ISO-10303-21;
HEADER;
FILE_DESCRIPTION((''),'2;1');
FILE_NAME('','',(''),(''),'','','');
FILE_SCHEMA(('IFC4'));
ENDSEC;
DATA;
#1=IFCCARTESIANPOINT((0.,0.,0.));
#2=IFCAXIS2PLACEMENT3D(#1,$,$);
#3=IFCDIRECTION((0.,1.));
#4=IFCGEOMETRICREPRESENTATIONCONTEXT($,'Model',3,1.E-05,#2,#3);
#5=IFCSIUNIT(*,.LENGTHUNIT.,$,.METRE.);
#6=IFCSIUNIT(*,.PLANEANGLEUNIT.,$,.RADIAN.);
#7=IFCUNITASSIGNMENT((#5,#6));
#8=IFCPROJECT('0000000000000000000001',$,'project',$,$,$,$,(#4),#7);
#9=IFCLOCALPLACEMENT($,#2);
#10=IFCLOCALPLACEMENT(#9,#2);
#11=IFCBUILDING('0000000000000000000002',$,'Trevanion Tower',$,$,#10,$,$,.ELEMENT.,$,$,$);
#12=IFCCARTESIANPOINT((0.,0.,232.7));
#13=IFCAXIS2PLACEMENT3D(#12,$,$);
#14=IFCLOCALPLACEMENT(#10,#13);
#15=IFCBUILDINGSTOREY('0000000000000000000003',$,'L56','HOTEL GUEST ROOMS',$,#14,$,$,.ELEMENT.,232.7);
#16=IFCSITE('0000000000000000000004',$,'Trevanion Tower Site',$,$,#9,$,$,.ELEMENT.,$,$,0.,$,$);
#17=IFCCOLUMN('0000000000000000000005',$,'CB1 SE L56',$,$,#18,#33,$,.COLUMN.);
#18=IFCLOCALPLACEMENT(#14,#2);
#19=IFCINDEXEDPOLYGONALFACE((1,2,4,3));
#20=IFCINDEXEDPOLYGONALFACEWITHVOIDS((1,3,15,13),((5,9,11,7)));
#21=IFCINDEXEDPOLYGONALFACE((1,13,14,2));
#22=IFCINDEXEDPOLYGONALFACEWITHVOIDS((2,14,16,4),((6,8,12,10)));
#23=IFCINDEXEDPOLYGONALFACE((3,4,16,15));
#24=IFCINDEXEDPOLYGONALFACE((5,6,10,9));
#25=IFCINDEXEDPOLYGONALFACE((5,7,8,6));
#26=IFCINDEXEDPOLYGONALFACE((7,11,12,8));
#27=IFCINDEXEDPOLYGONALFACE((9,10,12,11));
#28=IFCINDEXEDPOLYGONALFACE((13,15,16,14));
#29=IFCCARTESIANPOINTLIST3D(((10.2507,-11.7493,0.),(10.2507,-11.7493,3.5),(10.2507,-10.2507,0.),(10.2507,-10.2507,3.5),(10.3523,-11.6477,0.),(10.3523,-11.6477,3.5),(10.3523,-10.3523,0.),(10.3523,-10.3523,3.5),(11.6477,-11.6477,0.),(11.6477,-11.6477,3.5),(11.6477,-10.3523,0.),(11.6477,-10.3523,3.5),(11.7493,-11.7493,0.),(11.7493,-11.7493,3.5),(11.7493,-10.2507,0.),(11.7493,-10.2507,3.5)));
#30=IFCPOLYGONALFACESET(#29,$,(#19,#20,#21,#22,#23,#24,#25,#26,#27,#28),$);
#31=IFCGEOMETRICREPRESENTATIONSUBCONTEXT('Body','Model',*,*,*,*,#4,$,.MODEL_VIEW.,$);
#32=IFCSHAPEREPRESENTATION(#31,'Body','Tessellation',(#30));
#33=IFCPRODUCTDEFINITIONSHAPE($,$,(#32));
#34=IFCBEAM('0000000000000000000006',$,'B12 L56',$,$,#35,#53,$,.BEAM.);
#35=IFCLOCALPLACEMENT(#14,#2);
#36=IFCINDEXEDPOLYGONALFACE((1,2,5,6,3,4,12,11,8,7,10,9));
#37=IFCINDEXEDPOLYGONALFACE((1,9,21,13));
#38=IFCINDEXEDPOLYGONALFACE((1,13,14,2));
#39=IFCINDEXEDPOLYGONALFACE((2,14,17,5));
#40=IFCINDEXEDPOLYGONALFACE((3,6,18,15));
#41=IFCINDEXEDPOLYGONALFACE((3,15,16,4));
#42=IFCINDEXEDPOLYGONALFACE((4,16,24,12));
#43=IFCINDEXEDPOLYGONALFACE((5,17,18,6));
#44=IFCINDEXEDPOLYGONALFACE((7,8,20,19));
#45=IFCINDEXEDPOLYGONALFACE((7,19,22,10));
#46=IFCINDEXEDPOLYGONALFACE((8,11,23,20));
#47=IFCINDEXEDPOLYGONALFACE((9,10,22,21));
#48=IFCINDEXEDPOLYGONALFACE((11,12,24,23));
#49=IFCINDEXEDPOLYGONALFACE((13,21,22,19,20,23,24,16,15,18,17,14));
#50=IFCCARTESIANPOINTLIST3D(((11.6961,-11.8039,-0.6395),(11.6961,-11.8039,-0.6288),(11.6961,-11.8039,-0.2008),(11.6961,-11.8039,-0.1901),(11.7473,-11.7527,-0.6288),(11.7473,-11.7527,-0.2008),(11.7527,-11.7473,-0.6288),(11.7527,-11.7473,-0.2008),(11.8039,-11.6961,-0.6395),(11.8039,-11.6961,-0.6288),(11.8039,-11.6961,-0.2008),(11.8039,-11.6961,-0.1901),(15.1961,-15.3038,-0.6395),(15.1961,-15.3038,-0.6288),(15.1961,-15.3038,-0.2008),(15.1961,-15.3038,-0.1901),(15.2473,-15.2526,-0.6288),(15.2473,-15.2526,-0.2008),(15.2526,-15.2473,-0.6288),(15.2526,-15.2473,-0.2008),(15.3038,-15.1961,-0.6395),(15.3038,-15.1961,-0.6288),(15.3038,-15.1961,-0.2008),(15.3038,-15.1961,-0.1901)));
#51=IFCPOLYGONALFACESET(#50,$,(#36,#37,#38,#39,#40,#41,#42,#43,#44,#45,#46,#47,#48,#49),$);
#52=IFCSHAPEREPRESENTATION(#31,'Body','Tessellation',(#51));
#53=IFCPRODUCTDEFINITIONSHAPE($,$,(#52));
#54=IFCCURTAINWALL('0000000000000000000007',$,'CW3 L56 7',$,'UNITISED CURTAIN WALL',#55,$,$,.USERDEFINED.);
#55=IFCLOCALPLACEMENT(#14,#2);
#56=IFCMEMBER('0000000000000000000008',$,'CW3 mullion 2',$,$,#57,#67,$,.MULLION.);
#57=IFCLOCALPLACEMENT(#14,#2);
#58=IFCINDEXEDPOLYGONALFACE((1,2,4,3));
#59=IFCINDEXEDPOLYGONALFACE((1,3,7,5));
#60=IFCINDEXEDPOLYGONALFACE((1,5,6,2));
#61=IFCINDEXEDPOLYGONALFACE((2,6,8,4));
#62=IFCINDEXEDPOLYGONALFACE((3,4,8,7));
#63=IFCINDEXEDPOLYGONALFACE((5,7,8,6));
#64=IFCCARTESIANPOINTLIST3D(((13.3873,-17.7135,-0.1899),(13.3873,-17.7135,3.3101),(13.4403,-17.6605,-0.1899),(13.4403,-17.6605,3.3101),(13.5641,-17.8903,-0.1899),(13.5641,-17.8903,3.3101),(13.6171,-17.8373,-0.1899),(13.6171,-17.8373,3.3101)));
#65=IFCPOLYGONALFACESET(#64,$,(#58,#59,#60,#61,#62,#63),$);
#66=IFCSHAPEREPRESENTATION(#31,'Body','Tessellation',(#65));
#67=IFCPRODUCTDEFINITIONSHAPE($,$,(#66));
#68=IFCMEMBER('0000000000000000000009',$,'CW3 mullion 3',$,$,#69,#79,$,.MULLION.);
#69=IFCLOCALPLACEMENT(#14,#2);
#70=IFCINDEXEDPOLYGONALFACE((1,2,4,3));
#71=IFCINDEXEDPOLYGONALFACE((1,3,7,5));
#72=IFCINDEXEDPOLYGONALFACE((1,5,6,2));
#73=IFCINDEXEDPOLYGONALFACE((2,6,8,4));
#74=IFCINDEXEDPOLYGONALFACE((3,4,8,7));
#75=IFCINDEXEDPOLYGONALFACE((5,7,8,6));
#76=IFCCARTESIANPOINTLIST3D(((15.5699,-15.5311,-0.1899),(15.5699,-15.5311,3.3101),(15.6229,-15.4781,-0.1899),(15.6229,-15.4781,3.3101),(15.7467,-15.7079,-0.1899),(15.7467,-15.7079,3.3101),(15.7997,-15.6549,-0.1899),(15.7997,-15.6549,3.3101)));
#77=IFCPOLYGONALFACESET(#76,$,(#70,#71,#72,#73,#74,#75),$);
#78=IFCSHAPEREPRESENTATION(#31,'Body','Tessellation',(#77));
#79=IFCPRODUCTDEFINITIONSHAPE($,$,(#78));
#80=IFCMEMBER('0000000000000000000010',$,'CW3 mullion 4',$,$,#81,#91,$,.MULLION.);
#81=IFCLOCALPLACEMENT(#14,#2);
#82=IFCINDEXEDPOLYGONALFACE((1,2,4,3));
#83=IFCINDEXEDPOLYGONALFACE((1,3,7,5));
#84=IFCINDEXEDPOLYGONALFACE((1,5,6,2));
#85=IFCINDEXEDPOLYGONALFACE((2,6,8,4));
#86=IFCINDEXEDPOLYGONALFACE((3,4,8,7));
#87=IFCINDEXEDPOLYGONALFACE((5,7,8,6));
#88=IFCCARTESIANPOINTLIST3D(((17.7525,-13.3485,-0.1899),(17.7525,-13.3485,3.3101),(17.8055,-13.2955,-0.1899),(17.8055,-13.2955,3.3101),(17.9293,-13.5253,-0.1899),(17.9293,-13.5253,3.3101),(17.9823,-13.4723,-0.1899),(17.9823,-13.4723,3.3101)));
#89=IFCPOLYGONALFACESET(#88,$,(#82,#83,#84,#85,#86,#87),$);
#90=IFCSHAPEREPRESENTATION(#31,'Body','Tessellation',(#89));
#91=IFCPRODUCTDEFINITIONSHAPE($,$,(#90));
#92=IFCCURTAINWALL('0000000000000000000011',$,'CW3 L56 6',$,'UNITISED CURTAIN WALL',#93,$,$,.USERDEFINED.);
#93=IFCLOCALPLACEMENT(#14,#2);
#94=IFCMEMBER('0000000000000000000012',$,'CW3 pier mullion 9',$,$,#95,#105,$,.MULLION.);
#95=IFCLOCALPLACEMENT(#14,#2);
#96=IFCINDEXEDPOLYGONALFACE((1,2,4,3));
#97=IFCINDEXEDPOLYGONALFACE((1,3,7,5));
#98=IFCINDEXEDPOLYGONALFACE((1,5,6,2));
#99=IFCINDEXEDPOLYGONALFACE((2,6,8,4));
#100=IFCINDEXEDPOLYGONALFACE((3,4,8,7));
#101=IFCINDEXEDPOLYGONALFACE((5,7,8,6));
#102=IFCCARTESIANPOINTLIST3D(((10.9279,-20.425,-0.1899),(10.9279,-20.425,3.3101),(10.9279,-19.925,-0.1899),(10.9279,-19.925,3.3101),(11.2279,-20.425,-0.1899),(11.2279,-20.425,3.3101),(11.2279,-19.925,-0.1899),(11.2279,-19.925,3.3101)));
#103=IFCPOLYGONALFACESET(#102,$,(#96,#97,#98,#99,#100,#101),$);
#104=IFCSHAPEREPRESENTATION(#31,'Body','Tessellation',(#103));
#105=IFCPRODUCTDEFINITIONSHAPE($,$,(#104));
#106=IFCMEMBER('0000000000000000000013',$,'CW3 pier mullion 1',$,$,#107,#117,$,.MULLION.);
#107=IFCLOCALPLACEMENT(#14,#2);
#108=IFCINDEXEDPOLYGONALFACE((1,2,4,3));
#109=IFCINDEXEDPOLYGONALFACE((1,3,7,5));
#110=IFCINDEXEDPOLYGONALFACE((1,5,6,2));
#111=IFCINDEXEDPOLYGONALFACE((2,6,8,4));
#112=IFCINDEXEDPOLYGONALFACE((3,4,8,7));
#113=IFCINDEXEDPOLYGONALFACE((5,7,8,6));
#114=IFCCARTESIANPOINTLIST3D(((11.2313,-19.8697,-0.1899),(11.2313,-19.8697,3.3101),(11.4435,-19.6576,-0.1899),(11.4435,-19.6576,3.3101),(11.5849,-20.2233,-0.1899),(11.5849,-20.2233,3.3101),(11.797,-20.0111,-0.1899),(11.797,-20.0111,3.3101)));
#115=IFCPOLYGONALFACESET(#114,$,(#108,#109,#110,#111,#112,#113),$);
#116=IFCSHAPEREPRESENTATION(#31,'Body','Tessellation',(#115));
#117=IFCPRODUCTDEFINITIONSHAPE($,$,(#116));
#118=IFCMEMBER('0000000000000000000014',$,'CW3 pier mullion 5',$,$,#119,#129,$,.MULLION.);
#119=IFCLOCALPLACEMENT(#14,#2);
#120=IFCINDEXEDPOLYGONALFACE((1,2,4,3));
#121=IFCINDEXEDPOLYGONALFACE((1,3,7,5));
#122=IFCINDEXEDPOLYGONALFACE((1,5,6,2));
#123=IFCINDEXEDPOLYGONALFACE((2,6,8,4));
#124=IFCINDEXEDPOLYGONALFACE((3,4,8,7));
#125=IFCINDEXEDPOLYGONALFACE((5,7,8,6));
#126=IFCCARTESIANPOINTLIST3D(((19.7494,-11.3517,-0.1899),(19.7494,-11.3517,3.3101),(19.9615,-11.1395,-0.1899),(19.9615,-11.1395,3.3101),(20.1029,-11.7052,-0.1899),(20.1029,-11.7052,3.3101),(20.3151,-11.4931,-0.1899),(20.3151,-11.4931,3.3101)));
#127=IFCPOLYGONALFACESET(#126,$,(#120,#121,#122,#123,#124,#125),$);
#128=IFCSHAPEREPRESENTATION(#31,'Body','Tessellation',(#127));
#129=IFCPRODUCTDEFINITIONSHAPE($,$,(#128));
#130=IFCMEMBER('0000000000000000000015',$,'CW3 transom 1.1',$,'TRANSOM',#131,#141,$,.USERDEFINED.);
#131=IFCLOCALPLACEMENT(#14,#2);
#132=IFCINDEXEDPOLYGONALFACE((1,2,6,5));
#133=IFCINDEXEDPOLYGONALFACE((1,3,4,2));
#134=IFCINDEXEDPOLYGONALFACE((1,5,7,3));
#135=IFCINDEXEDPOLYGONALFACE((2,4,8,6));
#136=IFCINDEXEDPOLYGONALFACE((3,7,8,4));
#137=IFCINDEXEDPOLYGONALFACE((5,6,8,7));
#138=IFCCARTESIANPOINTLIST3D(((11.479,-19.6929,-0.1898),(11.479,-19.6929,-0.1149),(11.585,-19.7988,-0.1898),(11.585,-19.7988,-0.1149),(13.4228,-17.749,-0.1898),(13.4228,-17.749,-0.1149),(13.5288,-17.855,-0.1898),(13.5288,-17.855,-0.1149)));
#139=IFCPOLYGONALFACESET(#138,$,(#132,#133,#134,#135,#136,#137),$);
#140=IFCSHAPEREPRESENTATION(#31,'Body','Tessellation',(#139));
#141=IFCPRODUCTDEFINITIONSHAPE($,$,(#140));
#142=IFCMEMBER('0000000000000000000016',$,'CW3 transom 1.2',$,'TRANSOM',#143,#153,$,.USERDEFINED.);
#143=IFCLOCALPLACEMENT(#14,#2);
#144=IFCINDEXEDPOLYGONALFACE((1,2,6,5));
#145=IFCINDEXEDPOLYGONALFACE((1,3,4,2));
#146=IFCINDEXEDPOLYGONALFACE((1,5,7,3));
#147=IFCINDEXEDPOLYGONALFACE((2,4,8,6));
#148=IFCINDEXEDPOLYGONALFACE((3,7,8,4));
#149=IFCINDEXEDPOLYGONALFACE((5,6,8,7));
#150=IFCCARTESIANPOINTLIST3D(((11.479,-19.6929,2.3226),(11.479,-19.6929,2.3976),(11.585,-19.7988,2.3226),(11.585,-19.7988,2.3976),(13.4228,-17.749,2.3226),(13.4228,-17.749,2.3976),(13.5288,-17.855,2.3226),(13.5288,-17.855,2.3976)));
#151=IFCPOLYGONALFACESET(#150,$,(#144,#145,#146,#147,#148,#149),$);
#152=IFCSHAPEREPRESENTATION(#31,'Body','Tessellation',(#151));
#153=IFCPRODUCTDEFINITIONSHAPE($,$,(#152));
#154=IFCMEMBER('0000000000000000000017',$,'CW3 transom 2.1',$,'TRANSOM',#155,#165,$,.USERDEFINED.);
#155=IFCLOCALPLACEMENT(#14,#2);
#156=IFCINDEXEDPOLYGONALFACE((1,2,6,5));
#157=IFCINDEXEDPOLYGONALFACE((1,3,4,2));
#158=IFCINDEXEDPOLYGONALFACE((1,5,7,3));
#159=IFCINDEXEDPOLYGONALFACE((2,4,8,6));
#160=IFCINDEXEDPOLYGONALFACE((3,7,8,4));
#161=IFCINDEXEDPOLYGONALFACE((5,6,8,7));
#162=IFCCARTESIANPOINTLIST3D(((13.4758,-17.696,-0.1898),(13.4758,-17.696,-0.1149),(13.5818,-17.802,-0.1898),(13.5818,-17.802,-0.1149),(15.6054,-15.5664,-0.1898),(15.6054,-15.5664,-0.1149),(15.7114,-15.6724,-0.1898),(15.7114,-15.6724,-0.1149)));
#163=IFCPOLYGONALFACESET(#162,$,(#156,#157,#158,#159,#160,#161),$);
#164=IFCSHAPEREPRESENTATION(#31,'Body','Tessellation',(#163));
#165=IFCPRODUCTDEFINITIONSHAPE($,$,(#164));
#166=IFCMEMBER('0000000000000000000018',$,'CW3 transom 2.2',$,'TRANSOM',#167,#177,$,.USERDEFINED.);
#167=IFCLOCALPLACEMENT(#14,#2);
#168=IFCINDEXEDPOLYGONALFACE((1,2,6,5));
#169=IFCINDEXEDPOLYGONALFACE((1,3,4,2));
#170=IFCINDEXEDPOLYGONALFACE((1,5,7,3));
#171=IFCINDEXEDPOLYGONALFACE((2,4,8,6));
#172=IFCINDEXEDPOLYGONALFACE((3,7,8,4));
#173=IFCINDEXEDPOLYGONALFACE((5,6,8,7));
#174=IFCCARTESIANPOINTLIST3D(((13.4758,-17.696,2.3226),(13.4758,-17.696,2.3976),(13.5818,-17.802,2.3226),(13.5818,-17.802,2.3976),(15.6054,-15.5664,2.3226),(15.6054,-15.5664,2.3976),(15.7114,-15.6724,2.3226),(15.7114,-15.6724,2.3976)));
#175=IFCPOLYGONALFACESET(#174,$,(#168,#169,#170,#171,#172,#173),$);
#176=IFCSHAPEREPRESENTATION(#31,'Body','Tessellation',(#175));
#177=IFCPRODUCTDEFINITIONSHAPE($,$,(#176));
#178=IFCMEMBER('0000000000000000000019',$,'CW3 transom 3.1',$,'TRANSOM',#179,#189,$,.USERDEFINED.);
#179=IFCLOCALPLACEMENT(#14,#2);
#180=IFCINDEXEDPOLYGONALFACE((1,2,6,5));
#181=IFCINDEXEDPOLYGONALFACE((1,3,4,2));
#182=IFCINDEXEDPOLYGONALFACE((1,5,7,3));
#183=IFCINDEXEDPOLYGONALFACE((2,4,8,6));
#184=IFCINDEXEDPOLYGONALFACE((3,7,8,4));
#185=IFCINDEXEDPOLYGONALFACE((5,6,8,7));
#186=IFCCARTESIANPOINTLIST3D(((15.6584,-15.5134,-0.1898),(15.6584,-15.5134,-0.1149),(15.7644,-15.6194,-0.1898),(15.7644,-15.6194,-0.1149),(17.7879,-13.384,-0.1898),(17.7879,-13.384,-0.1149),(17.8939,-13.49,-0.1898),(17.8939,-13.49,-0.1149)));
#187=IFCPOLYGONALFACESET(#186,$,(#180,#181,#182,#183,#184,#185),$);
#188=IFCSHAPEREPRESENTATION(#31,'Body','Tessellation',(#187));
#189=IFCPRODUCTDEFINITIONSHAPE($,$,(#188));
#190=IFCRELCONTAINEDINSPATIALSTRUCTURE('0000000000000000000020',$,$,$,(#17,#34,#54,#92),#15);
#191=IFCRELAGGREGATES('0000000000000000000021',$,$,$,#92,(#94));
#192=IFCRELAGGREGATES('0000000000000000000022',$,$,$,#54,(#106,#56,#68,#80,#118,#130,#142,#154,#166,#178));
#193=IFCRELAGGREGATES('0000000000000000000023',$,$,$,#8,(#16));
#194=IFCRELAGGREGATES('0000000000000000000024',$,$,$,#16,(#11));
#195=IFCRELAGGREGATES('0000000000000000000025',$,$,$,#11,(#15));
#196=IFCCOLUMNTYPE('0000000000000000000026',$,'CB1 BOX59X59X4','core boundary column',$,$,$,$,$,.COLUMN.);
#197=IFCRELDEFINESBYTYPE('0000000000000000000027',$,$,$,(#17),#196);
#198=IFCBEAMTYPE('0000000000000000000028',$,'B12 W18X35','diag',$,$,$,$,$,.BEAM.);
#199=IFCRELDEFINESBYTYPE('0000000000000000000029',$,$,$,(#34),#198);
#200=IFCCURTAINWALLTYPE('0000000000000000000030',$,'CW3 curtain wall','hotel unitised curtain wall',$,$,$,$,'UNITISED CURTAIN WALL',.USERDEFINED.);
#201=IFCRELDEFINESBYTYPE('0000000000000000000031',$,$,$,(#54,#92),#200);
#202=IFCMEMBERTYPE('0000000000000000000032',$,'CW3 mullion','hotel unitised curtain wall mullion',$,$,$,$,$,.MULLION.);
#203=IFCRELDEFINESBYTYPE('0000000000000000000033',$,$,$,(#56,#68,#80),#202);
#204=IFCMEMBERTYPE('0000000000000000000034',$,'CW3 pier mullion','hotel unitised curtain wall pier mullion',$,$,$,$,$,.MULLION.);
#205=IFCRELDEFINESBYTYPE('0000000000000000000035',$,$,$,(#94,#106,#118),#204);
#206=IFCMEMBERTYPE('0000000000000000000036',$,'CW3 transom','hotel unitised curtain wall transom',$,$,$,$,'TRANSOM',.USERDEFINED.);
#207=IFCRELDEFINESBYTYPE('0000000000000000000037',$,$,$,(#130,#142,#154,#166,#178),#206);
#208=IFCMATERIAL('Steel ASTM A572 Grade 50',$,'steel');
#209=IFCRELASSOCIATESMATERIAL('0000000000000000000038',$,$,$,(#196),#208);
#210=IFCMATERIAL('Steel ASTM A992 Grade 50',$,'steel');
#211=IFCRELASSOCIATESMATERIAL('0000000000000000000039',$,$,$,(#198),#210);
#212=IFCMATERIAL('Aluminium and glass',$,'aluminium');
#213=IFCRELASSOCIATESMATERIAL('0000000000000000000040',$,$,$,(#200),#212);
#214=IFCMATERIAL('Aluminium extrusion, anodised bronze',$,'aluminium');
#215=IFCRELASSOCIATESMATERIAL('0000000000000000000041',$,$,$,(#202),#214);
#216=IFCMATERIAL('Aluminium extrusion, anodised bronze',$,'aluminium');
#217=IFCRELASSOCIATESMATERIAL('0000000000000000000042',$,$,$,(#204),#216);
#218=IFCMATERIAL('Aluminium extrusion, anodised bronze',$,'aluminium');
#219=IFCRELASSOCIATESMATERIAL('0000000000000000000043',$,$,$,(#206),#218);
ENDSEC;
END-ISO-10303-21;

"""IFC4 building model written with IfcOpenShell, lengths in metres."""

from ifc_helpers import new_model, si_unit, direction, frame, origin, origin_2d, place, context, subcontext, project, spatial, rectangle, hollow_rectangle, i_section, extrude, material, material_profile, profile_set, type_object, element, aggregate, save


model = new_model("IFC4")

# Units and contexts
model_context = context("Model", 3, precision=1e-05, world=origin(), true_north=direction((0.0, 1.0)))
body_context = subcontext(model_context, "Body", "Model", "MODEL_VIEW")
ifc_project = project(units=[si_unit("LENGTHUNIT", "METRE"), si_unit("PLANEANGLEUNIT", "RADIAN")], contexts=[model_context])

# Site, building, storey
site_placement = place(None, origin())
site = spatial("IfcSite", under=ifc_project, at=site_placement, Name="Trevanion Tower Site", CompositionType="ELEMENT", RefElevation=0.0)
building_placement = place(site_placement, origin())
building = spatial("IfcBuilding", under=site, at=building_placement, Name="Trevanion Tower", CompositionType="ELEMENT")
storey_placement = place(building_placement, frame((0.0, 0.0, 232.7)))
storey = spatial("IfcBuildingStorey", under=building, at=storey_placement, Name="L56", Description="HOTEL GUEST ROOMS", CompositionType="ELEMENT", Elevation=232.7)

# Column
ifc_material_1 = material(Name="Steel ASTM A572 Grade 50", Category="steel")
ifc_material_profile_1 = material_profile(ifc_material_1, hollow_rectangle(XDim=1.4985, YDim=1.4985, WallThickness=0.1016, at=origin_2d()), Name="BOX59X59X4")
ifc_profile_set_1 = profile_set([ifc_material_profile_1], Name="Steel ASTM A572 Grade 50")
column_type = type_object("IfcColumnType", Name="CB1 BOX59X59X4", Description="core boundary column", PredefinedType="COLUMN", material=ifc_profile_set_1)
column_placement = place(storey_placement, frame((11.0, -11.0, 0.0), z_axis=(0.0, 0.0, 1.0), x_axis=(1.0, 0.0, 0.0)))
element("IfcColumn", 1, at=column_placement, inside=storey, type_object=column_type, Name="CB1 SE L56", PredefinedType="COLUMN", context=body_context, shape_type="SweptSolid", body=[
    extrude(hollow_rectangle(XDim=1.4985, YDim=1.4985, WallThickness=0.1016, at=origin_2d()), origin(), (0.0, 0.0, 1.0), 3.5),
])

# Beam
ifc_material_2 = material(Name="Steel ASTM A992 Grade 50", Category="steel")
ifc_material_profile_2 = material_profile(ifc_material_2, i_section(OverallWidth=0.1523, OverallDepth=0.4495, WebThickness=0.0076, FlangeThickness=0.0107, at=origin_2d()), Name="W18X35")
ifc_profile_set_2 = profile_set([ifc_material_profile_2], Name="Steel ASTM A992 Grade 50")
beam_type_1 = type_object("IfcBeamType", Name="B12 W18X35", Description="diag", PredefinedType="BEAM", material=ifc_profile_set_2)
beam_1_placement = place(storey_placement, frame((11.75, -11.75, -0.4148), z_axis=(0.707107, -0.707107, 0.0), x_axis=(0.707107, 0.707107, 0.0)))
element("IfcBeam", 2, at=beam_1_placement, inside=storey, type_object=beam_type_1, Name="B12 L56", PredefinedType="BEAM", context=body_context, shape_type="SweptSolid", body=[
    extrude(i_section(OverallWidth=0.1523, OverallDepth=0.4495, WebThickness=0.0076, FlangeThickness=0.0107, at=origin_2d()), origin(), (0.0, 0.0, 1.0), 4.9497),
])

# Curtain wall, members
ifc_material_3 = material(Name="Aluminium and glass", Category="aluminium")
curtain_wall_type = type_object("IfcCurtainWallType", Name="CW3 curtain wall", Description="hotel unitised curtain wall", ElementType="UNITISED CURTAIN WALL", PredefinedType="USERDEFINED", material=ifc_material_3)
curtain_wall_1_placement = place(storey_placement, origin())
curtain_wall_1 = element("IfcCurtainWall", 3, at=curtain_wall_1_placement, inside=storey, type_object=curtain_wall_type, Name="CW3 L56 7", ObjectType="UNITISED CURTAIN WALL", PredefinedType="USERDEFINED")
ifc_material_4 = material(Name="Aluminium extrusion, anodised bronze", Category="aluminium")
ifc_material_profile_3 = material_profile(ifc_material_4, rectangle(XDim=0.075, YDim=0.25, at=origin_2d()), Name="CW3 mullion")
ifc_profile_set_3 = profile_set([ifc_material_profile_3], Name="Aluminium extrusion, anodised bronze")
member_type_1 = type_object("IfcMemberType", Name="CW3 mullion", Description="hotel unitised curtain wall mullion", PredefinedType="MULLION", material=ifc_profile_set_3)
member_1_placement = place(storey_placement, frame((13.5022, -17.7754, -0.1899), z_axis=(0.0, 0.0, 1.0), x_axis=(0.707107, 0.707107, 0.0)))
member_1 = element("IfcMember", 4, at=member_1_placement, type_object=member_type_1, Name="CW3 mullion 2", PredefinedType="MULLION", context=body_context, shape_type="SweptSolid", body=[
    extrude(rectangle(XDim=0.075, YDim=0.25, at=origin_2d()), origin(), (0.0, 0.0, 1.0), 3.5),
])
member_2_placement = place(storey_placement, frame((15.6848, -15.593, -0.1899), z_axis=(0.0, 0.0, 1.0), x_axis=(0.707107, 0.707107, 0.0)))
member_2 = element("IfcMember", 5, at=member_2_placement, type_object=member_type_1, Name="CW3 mullion 3", PredefinedType="MULLION", context=body_context, shape_type="SweptSolid", body=[
    extrude(rectangle(XDim=0.075, YDim=0.25, at=origin_2d()), origin(), (0.0, 0.0, 1.0), 3.5),
])
member_3_placement = place(storey_placement, frame((17.8674, -13.4104, -0.1899), z_axis=(0.0, 0.0, 1.0), x_axis=(0.707107, 0.707107, 0.0)))
member_3 = element("IfcMember", 6, at=member_3_placement, type_object=member_type_1, Name="CW3 mullion 4", PredefinedType="MULLION", context=body_context, shape_type="SweptSolid", body=[
    extrude(rectangle(XDim=0.075, YDim=0.25, at=origin_2d()), origin(), (0.0, 0.0, 1.0), 3.5),
])

# Curtain wall, member
curtain_wall_2_placement = place(storey_placement, origin())
curtain_wall_2 = element("IfcCurtainWall", 7, at=curtain_wall_2_placement, inside=storey, type_object=curtain_wall_type, Name="CW3 L56 6", ObjectType="UNITISED CURTAIN WALL", PredefinedType="USERDEFINED")
ifc_material_5 = material(Name="Aluminium extrusion, anodised bronze", Category="aluminium")
ifc_material_profile_4 = material_profile(ifc_material_5, rectangle(XDim=0.3, YDim=0.5, at=origin_2d()), Name="CW3 pier mullion")
ifc_profile_set_4 = profile_set([ifc_material_profile_4], Name="Aluminium extrusion, anodised bronze")
member_type_2 = type_object("IfcMemberType", Name="CW3 pier mullion", Description="hotel unitised curtain wall pier mullion", PredefinedType="MULLION", material=ifc_profile_set_4)
member_4_placement = place(storey_placement, frame((11.0779, -20.175, -0.1899), z_axis=(0.0, 0.0, 1.0), x_axis=(1.0, 0.0, 0.0)))
member_4 = element("IfcMember", 8, at=member_4_placement, type_object=member_type_2, Name="CW3 pier mullion 9", PredefinedType="MULLION", context=body_context, shape_type="SweptSolid", body=[
    extrude(rectangle(XDim=0.3, YDim=0.5, at=origin_2d()), origin(), (0.0, 0.0, 1.0), 3.5),
])
aggregate(curtain_wall_2, [member_4])

# Members
member_5_placement = place(storey_placement, frame((11.5142, -19.9404, -0.1899), z_axis=(0.0, 0.0, 1.0), x_axis=(0.707107, 0.707107, 0.0)))
member_5 = element("IfcMember", 9, at=member_5_placement, type_object=member_type_2, Name="CW3 pier mullion 1", PredefinedType="MULLION", context=body_context, shape_type="SweptSolid", body=[
    extrude(rectangle(XDim=0.3, YDim=0.5, at=origin_2d()), origin(), (0.0, 0.0, 1.0), 3.5),
])
member_6_placement = place(storey_placement, frame((20.0322, -11.4224, -0.1899), z_axis=(0.0, 0.0, 1.0), x_axis=(0.707107, 0.707107, 0.0)))
member_6 = element("IfcMember", 10, at=member_6_placement, type_object=member_type_2, Name="CW3 pier mullion 5", PredefinedType="MULLION", context=body_context, shape_type="SweptSolid", body=[
    extrude(rectangle(XDim=0.3, YDim=0.5, at=origin_2d()), origin(), (0.0, 0.0, 1.0), 3.5),
])
ifc_material_6 = material(Name="Aluminium extrusion, anodised bronze", Category="aluminium")
ifc_material_profile_5 = material_profile(ifc_material_6, rectangle(XDim=0.1499, YDim=0.075, at=origin_2d()), Name="CW3 transom")
ifc_profile_set_5 = profile_set([ifc_material_profile_5], Name="Aluminium extrusion, anodised bronze")
member_type_3 = type_object("IfcMemberType", Name="CW3 transom", Description="hotel unitised curtain wall transom", ElementType="TRANSOM", PredefinedType="USERDEFINED", material=ifc_profile_set_5)
member_7_placement = place(storey_placement, frame((11.532, -19.7458, -0.1523), z_axis=(0.707107, 0.707107, 0.0), x_axis=(-0.707107, 0.707107, 0.0)))
member_7 = element("IfcMember", 11, at=member_7_placement, type_object=member_type_3, Name="CW3 transom 1.1", ObjectType="TRANSOM", PredefinedType="USERDEFINED", context=body_context, shape_type="SweptSolid", body=[
    extrude(rectangle(XDim=0.1499, YDim=0.075, at=origin_2d()), origin(), (0.0, 0.0, 1.0), 2.749),
])
member_8_placement = place(storey_placement, frame((11.532, -19.7458, 2.3601), z_axis=(0.707107, 0.707107, 0.0), x_axis=(-0.707107, 0.707107, 0.0)))
member_8 = element("IfcMember", 12, at=member_8_placement, type_object=member_type_3, Name="CW3 transom 1.2", ObjectType="TRANSOM", PredefinedType="USERDEFINED", context=body_context, shape_type="SweptSolid", body=[
    extrude(rectangle(XDim=0.1499, YDim=0.075, at=origin_2d()), origin(), (0.0, 0.0, 1.0), 2.749),
])
member_9_placement = place(storey_placement, frame((13.5288, -17.749, -0.1523), z_axis=(0.707107, 0.707107, 0.0), x_axis=(-0.707107, 0.707107, 0.0)))
member_9 = element("IfcMember", 13, at=member_9_placement, type_object=member_type_3, Name="CW3 transom 2.1", ObjectType="TRANSOM", PredefinedType="USERDEFINED", context=body_context, shape_type="SweptSolid", body=[
    extrude(rectangle(XDim=0.1499, YDim=0.075, at=origin_2d()), origin(), (0.0, 0.0, 1.0), 3.0117),
])
member_10_placement = place(storey_placement, frame((13.5288, -17.749, 2.3601), z_axis=(0.707107, 0.707107, 0.0), x_axis=(-0.707107, 0.707107, 0.0)))
member_10 = element("IfcMember", 14, at=member_10_placement, type_object=member_type_3, Name="CW3 transom 2.2", ObjectType="TRANSOM", PredefinedType="USERDEFINED", context=body_context, shape_type="SweptSolid", body=[
    extrude(rectangle(XDim=0.1499, YDim=0.075, at=origin_2d()), origin(), (0.0, 0.0, 1.0), 3.0117),
])
member_11_placement = place(storey_placement, frame((15.7114, -15.5664, -0.1523), z_axis=(0.707107, 0.707107, 0.0), x_axis=(-0.707107, 0.707107, 0.0)))
member_11 = element("IfcMember", 15, at=member_11_placement, type_object=member_type_3, Name="CW3 transom 3.1", ObjectType="TRANSOM", PredefinedType="USERDEFINED", context=body_context, shape_type="SweptSolid", body=[
    extrude(rectangle(XDim=0.1499, YDim=0.075, at=origin_2d()), origin(), (0.0, 0.0, 1.0), 3.0115),
])

aggregate(curtain_wall_1, [member_5, member_1, member_2, member_3, member_6, member_7, member_8, member_9, member_10, member_11])

save(model, "model.ifc")
